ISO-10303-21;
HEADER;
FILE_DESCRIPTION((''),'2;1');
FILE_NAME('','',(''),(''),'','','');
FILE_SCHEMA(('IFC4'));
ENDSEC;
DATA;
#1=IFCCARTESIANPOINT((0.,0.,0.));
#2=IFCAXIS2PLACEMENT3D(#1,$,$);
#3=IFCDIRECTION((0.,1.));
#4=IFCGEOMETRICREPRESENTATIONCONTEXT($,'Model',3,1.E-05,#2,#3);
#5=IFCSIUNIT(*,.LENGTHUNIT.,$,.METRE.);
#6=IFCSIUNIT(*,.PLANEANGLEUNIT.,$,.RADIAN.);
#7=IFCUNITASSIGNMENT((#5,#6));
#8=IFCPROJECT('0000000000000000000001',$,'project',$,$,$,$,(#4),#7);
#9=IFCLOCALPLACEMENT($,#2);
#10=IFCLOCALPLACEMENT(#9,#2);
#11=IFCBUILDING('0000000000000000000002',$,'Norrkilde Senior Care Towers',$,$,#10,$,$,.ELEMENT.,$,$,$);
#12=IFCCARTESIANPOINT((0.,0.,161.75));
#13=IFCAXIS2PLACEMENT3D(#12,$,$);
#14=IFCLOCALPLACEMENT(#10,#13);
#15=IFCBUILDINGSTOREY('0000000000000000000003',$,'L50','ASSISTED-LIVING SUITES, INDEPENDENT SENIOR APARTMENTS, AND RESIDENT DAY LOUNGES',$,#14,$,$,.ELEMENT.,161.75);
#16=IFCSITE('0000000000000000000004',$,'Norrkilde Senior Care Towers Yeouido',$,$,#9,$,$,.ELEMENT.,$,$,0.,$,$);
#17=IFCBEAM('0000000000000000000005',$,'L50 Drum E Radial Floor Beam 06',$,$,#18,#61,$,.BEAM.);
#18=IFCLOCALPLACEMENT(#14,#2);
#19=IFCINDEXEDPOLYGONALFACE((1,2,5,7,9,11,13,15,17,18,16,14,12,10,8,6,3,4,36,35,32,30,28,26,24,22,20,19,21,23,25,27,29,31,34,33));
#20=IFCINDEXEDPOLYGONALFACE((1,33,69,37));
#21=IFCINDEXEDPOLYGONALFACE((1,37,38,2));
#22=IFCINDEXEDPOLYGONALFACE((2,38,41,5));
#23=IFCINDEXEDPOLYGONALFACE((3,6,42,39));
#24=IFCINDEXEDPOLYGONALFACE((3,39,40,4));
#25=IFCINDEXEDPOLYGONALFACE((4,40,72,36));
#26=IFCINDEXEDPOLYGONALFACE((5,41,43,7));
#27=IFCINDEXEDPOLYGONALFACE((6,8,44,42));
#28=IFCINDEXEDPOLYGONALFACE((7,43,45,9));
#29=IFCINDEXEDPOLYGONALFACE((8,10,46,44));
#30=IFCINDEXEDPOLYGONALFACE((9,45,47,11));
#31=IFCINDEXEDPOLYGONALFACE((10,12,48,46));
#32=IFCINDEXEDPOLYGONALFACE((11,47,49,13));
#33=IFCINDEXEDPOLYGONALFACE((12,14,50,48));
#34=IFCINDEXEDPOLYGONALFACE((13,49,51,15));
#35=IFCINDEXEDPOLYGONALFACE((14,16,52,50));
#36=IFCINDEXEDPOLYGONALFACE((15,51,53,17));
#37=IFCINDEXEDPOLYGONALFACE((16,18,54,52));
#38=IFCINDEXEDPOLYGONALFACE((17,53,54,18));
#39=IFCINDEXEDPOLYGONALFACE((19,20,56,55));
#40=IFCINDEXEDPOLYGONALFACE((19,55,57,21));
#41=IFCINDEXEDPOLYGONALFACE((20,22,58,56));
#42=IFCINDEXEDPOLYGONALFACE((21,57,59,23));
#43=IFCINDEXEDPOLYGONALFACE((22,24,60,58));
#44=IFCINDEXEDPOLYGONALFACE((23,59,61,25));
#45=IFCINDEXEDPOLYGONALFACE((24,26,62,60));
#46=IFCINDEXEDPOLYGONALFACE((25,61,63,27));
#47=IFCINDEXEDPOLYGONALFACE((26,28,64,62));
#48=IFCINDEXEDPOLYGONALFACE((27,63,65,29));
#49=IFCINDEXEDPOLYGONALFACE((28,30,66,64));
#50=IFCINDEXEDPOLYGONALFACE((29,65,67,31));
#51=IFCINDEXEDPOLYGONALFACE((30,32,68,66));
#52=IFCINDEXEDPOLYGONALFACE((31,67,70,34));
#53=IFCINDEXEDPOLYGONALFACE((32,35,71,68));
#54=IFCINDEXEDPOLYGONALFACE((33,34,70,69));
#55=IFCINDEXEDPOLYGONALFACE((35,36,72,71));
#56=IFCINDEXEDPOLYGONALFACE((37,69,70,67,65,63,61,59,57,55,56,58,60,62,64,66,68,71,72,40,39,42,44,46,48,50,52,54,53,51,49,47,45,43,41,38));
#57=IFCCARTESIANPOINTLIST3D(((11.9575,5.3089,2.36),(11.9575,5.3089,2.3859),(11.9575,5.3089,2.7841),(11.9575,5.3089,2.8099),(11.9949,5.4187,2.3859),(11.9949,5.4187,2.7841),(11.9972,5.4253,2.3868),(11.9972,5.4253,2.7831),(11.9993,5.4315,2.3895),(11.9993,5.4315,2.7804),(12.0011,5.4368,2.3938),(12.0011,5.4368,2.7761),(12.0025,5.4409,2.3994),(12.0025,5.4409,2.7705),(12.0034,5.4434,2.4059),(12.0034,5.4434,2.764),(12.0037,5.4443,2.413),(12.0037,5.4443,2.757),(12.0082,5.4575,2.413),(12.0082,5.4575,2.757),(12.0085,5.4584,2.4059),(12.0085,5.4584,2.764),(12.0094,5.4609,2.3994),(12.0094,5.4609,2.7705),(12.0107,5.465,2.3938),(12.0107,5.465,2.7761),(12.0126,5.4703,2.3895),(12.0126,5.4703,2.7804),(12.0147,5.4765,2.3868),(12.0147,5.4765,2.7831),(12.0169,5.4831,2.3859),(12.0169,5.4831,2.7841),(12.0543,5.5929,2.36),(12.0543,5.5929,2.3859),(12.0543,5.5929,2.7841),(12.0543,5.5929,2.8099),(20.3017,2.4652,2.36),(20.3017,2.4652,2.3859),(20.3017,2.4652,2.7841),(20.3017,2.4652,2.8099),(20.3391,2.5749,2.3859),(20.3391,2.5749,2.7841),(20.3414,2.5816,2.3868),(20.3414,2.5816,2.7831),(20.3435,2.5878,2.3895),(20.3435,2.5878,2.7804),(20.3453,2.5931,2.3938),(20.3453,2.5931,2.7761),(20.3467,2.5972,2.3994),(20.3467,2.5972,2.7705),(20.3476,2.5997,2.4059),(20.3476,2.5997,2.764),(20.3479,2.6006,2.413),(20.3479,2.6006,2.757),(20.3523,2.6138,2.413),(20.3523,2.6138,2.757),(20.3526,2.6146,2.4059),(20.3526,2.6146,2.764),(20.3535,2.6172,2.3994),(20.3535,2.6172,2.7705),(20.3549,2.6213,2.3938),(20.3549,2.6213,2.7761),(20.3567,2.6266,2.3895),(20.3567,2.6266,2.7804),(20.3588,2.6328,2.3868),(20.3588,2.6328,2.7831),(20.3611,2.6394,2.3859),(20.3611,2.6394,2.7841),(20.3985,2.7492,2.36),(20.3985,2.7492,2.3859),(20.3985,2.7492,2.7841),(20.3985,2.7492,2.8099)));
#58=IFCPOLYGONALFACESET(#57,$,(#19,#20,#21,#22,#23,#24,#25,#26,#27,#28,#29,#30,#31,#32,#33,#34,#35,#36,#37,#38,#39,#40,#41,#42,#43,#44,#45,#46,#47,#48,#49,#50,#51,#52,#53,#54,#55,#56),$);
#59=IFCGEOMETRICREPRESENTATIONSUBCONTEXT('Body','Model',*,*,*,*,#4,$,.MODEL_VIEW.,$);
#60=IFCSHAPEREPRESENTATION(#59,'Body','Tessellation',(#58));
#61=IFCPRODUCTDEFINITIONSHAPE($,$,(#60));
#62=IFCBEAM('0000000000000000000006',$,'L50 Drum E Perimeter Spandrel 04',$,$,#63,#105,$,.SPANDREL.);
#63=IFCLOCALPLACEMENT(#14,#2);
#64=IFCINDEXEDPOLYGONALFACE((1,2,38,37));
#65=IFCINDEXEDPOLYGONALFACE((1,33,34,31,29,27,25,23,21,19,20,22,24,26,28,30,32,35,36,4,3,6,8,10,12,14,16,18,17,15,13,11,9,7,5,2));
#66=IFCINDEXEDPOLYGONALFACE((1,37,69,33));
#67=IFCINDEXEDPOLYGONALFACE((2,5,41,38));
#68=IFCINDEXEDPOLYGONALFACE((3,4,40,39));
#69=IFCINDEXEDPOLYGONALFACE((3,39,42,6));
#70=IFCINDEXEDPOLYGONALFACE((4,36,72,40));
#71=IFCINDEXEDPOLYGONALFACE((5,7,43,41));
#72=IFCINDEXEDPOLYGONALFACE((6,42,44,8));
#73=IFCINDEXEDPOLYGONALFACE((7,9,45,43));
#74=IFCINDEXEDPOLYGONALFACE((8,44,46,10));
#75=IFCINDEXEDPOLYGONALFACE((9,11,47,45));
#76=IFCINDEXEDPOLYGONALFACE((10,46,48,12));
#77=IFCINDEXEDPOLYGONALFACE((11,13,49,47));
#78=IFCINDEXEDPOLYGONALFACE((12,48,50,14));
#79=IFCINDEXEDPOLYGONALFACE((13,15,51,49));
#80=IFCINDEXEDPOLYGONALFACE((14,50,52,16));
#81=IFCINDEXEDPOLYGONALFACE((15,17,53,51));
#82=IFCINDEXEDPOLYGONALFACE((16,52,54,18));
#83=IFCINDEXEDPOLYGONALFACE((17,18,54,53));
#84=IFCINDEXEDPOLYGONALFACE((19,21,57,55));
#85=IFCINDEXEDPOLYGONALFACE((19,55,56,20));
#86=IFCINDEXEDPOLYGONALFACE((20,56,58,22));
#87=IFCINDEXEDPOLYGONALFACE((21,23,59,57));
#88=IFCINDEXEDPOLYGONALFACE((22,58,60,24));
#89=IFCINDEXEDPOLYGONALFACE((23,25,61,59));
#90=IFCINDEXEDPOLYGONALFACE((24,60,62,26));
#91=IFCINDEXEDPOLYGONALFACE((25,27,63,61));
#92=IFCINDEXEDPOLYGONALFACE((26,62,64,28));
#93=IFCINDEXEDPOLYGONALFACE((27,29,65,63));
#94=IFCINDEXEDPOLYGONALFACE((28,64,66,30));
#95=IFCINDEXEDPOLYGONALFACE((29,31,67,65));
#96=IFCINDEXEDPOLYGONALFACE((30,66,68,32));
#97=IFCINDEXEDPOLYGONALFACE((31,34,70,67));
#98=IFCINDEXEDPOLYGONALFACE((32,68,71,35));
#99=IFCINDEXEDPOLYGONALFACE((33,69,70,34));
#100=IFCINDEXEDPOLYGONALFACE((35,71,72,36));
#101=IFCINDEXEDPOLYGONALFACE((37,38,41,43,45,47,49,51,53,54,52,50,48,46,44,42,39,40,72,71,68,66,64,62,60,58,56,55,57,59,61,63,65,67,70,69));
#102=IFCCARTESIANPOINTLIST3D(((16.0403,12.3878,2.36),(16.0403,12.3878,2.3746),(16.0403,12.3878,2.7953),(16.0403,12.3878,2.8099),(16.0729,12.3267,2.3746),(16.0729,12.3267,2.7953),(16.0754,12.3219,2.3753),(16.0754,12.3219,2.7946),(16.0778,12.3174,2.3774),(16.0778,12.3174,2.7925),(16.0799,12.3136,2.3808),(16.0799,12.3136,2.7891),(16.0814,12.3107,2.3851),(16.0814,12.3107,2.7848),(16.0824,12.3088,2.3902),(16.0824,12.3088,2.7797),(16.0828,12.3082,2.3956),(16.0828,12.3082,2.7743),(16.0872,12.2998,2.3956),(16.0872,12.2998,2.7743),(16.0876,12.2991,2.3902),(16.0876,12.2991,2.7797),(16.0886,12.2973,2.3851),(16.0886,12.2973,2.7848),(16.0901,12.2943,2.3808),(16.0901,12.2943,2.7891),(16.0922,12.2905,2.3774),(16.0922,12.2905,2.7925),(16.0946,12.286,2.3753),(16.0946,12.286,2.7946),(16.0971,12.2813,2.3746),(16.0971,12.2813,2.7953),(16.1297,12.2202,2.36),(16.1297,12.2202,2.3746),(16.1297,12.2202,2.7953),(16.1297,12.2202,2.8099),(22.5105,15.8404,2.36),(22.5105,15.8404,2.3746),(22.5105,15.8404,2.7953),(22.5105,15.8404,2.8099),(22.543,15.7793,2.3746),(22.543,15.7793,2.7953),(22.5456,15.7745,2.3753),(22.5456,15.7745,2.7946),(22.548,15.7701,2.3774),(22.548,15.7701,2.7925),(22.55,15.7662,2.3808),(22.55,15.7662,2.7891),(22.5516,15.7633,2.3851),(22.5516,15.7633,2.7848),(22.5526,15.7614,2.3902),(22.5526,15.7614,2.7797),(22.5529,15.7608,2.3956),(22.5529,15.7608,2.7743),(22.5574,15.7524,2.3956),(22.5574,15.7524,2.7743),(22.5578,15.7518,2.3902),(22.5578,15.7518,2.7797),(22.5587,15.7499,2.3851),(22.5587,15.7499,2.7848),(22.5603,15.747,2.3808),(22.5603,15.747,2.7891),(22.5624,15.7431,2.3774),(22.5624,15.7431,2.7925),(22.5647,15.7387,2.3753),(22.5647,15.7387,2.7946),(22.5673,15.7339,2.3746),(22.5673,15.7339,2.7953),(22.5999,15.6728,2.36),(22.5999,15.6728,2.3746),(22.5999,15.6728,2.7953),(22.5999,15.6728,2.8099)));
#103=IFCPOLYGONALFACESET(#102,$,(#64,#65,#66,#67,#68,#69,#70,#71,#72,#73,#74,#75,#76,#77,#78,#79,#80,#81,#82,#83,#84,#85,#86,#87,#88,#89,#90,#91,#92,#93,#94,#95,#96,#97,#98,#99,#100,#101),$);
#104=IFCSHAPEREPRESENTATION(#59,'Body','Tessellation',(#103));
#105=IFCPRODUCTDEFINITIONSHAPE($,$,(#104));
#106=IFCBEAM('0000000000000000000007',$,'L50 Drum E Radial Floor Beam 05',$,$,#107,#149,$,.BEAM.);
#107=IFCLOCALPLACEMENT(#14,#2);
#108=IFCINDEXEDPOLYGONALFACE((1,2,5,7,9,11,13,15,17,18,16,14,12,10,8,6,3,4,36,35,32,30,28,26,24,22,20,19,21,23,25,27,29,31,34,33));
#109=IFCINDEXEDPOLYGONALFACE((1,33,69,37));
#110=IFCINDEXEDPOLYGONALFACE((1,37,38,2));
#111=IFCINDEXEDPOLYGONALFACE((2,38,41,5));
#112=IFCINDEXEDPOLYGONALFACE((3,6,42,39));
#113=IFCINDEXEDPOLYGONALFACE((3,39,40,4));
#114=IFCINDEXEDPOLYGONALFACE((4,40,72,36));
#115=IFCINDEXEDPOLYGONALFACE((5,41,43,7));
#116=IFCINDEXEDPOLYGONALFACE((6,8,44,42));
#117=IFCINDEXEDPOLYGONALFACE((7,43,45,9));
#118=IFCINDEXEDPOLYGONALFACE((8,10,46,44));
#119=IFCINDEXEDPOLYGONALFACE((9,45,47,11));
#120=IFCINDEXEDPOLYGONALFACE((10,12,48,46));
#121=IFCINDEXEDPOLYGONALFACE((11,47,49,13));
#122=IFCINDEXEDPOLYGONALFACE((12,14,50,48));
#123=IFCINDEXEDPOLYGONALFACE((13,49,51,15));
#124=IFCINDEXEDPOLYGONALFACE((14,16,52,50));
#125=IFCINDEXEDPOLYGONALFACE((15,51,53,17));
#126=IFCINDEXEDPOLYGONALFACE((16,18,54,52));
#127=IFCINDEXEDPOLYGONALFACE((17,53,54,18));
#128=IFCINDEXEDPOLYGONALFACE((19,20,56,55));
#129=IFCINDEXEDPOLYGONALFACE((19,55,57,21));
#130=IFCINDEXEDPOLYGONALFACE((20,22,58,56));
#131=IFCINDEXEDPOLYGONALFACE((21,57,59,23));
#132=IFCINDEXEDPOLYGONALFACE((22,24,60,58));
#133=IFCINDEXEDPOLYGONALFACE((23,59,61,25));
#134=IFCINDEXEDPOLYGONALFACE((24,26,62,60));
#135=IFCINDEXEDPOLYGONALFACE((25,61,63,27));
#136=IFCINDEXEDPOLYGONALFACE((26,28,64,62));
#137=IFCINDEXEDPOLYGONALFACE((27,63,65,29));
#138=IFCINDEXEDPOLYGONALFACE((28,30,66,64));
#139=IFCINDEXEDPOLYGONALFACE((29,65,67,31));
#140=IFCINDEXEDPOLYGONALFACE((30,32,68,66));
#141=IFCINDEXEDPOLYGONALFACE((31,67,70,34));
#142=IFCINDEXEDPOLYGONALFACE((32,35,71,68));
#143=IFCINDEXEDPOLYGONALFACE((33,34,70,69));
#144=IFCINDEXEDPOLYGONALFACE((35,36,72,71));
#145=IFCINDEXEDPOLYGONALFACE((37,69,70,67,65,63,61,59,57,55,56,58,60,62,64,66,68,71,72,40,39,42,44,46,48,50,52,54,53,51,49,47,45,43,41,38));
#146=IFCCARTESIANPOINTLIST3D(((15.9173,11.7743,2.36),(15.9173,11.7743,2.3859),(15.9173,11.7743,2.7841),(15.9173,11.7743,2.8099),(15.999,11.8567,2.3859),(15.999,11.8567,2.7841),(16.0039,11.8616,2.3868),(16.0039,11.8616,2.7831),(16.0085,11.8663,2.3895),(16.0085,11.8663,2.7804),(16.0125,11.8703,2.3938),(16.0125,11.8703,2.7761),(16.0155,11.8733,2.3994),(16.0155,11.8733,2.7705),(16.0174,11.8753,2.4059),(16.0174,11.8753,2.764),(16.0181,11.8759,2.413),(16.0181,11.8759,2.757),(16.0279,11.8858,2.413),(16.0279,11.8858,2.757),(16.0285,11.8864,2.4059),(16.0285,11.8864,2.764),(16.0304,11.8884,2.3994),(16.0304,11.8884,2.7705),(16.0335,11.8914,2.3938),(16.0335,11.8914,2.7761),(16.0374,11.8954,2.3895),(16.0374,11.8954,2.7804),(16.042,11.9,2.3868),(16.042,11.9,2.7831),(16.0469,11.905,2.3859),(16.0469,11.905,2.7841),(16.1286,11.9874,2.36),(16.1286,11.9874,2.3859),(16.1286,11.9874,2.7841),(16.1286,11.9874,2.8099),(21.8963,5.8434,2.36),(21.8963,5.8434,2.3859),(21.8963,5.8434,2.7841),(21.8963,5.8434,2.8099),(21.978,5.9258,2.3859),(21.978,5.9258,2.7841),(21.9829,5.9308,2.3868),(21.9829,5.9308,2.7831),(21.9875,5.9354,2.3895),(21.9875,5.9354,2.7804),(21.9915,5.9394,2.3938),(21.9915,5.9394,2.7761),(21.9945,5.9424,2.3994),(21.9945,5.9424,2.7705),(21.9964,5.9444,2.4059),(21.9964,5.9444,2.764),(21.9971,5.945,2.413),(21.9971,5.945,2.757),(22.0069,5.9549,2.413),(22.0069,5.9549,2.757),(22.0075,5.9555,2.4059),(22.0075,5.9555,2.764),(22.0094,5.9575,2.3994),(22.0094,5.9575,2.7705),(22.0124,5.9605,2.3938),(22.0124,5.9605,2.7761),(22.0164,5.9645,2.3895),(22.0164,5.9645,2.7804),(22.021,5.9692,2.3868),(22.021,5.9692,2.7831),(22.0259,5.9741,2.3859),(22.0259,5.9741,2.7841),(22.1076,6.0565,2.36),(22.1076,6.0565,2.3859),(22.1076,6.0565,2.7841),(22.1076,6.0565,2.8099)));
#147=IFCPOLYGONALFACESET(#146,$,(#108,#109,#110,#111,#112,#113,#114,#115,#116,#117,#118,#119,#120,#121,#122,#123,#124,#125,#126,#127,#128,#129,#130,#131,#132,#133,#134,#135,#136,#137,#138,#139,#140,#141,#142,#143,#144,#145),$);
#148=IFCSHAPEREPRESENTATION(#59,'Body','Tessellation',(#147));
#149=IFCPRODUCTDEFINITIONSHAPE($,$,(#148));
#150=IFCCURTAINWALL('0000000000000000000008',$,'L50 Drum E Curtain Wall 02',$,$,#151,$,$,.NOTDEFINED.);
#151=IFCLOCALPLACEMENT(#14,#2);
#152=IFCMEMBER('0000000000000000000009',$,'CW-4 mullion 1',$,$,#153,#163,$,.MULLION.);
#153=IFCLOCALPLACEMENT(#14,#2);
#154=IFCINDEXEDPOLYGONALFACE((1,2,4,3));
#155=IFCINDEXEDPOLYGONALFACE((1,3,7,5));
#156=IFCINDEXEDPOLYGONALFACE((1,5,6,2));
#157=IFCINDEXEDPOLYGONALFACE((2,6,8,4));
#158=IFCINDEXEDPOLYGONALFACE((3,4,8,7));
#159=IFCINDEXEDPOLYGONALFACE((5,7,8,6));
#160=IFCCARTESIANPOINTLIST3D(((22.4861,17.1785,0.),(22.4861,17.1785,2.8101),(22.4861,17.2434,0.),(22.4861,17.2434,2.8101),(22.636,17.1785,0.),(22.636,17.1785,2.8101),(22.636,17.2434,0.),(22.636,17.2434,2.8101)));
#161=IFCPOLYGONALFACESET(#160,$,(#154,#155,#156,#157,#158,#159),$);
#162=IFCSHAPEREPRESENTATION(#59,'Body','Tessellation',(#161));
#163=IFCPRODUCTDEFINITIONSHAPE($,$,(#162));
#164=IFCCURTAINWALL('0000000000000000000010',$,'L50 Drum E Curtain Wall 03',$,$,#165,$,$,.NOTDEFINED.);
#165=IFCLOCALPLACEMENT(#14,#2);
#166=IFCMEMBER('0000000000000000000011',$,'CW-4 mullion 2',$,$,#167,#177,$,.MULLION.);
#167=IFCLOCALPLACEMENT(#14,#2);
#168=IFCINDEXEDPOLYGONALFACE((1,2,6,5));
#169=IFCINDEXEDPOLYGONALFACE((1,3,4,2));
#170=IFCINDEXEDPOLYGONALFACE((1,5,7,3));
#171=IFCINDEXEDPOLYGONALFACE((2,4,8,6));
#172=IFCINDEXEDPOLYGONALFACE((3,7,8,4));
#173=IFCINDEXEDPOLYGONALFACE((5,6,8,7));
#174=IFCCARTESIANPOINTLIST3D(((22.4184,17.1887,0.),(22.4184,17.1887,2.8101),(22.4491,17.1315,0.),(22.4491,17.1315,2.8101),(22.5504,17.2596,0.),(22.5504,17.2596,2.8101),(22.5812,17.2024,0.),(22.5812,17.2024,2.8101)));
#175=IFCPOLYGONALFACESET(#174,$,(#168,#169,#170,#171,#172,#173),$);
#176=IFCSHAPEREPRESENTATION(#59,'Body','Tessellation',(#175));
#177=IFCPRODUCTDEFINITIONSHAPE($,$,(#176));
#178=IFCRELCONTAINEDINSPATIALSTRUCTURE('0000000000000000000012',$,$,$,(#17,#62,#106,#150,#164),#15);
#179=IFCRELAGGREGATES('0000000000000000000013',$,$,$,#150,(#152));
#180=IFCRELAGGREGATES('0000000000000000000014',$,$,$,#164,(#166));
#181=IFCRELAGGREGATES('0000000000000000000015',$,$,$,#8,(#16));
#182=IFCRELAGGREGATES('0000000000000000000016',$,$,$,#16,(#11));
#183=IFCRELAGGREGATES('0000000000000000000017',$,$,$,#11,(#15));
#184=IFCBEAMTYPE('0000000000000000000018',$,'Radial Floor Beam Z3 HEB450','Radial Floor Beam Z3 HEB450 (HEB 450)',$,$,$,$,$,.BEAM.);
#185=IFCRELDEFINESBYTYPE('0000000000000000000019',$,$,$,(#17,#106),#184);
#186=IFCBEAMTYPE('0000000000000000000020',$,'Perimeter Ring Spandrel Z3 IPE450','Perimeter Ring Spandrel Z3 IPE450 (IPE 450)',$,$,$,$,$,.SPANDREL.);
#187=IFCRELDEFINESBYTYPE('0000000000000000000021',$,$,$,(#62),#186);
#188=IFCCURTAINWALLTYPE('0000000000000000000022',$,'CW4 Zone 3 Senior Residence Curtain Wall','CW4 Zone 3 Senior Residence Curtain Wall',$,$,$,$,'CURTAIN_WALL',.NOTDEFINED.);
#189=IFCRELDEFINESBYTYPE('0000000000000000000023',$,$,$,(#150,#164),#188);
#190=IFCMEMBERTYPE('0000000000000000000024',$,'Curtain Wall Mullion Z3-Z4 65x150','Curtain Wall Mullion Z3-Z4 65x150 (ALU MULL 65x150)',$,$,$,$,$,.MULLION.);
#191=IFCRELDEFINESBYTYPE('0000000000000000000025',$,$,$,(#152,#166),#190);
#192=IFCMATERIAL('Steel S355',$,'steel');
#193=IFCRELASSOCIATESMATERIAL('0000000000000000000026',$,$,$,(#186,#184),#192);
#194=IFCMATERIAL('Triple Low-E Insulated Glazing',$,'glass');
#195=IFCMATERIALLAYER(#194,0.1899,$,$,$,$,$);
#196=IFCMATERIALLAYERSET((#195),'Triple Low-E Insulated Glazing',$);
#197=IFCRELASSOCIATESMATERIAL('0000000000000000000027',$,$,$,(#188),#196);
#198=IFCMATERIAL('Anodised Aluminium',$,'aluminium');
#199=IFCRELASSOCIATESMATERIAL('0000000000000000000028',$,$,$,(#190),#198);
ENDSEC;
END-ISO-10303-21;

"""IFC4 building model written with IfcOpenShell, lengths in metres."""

from ifc_helpers import new_model, si_unit, direction, frame, origin, origin_2d, place, context, subcontext, project, spatial, rectangle, i_section, extrude, source, transform, mapped, material, layer, layer_set, material_profile, profile_set, type_object, type_shapes, element, aggregate, save


model = new_model("IFC4")

# Units and contexts
model_context = context("Model", 3, precision=1e-05, world=origin(), true_north=direction((0.0, 1.0)))
body_context = subcontext(model_context, "Body", "Model", "MODEL_VIEW")
ifc_project = project(units=[si_unit("LENGTHUNIT", "METRE"), si_unit("PLANEANGLEUNIT", "RADIAN")], contexts=[model_context])

# Site, building, storey
site_placement = place(None, origin())
site = spatial("IfcSite", under=ifc_project, at=site_placement, Name="Norrkilde Senior Care Towers Yeouido", CompositionType="ELEMENT", RefElevation=0.0)
building_placement = place(site_placement, origin())
building = spatial("IfcBuilding", under=site, at=building_placement, Name="Norrkilde Senior Care Towers", CompositionType="ELEMENT")
storey_placement = place(building_placement, frame((0.0, 0.0, 161.75)))
storey = spatial("IfcBuildingStorey", under=building, at=storey_placement, Name="L50", Description="ASSISTED-LIVING SUITES, INDEPENDENT SENIOR APARTMENTS, AND RESIDENT DAY LOUNGES", CompositionType="ELEMENT", Elevation=161.75)

# Beams
ifc_material_1 = material(Name="Steel S355", Category="steel")
ifc_material_profile_1 = material_profile(ifc_material_1, i_section(OverallWidth=0.1899, OverallDepth=0.45, WebThickness=0.0095, FlangeThickness=0.0146, FilletRadius=0.021, at=origin_2d()), Name="IPE 450")
ifc_profile_set_1 = profile_set([ifc_material_profile_1], Name="Steel S355")
beam_type_1 = type_object("IfcBeamType", Name="Perimeter Ring Spandrel Z3 IPE450", Description="Perimeter Ring Spandrel Z3 IPE450 (IPE 450)", PredefinedType="SPANDREL", material=ifc_profile_set_1)
ifc_material_profile_2 = material_profile(ifc_material_1, i_section(OverallWidth=0.3, OverallDepth=0.45, WebThickness=0.0139, FlangeThickness=0.0259, FilletRadius=0.0271, at=origin_2d()), Name="HEB 450")
ifc_profile_set_2 = profile_set([ifc_material_profile_2], Name="Steel S355")
beam_type_2 = type_object("IfcBeamType", Name="Radial Floor Beam Z3 HEB450", Description="Radial Floor Beam Z3 HEB450 (HEB 450)", PredefinedType="BEAM", material=ifc_profile_set_2)
shared_shape_1 = source(origin(), body_context, "Body", "SweptSolid", [
    extrude(i_section(OverallWidth=0.3, OverallDepth=0.45, WebThickness=0.0139, FlangeThickness=0.0259, FilletRadius=0.0271, at=origin_2d()), origin(), (0.0, 0.0, 1.0), 8.8154),
])
beam_1_placement = place(storey_placement, frame((20.3501, 2.6072, 2.585), z_axis=(-0.946541, 0.322585, 0.0), x_axis=(-0.322585, -0.946541, 0.0)))
element("IfcBeam", 1, at=beam_1_placement, inside=storey, type_object=beam_type_2, Name="L50 Drum E Radial Floor Beam 06", PredefinedType="BEAM", context=body_context, shape_type="MappedRepresentation", body=[
    mapped(shared_shape_1, transform((0.0, 0.0, 0.0), x_axis=(1.0, 0.0, 0.0), y_axis=(0.0, 1.0, 0.0), z_axis=(0.0, 0.0, 1.0), scale=1.0)),
])
shared_shape_2 = source(origin(), body_context, "Body", "SweptSolid", [
    extrude(i_section(OverallWidth=0.1899, OverallDepth=0.45, WebThickness=0.0095, FlangeThickness=0.0146, FilletRadius=0.021, at=origin_2d()), origin(), (0.0, 0.0, 1.0), 7.3337),
])
beam_2_placement = place(storey_placement, frame((22.5552, 15.7566, 2.585), z_axis=(-0.882248, -0.470785, 0.0), x_axis=(0.470785, -0.882248, 0.0)))
element("IfcBeam", 2, at=beam_2_placement, inside=storey, type_object=beam_type_1, Name="L50 Drum E Perimeter Spandrel 04", PredefinedType="SPANDREL", context=body_context, shape_type="MappedRepresentation", body=[
    mapped(shared_shape_2, transform((0.0, 0.0, 0.0), x_axis=(1.0, 0.0, 0.0), y_axis=(0.0, 1.0, 0.0), z_axis=(0.0, 0.0, 1.0), scale=1.0)),
])
shared_shape_3 = source(origin(), body_context, "Body", "SweptSolid", [
    extrude(i_section(OverallWidth=0.3, OverallDepth=0.45, WebThickness=0.0139, FlangeThickness=0.0259, FilletRadius=0.0271, at=origin_2d()), origin(), (0.0, 0.0, 1.0), 8.4216),
])
type_shapes(beam_type_2, [shared_shape_1, shared_shape_3])
beam_3_placement = place(storey_placement, frame((22.002, 5.95, 2.585), z_axis=(-0.709956, 0.704246, 0.0), x_axis=(-0.704246, -0.709956, 0.0)))
element("IfcBeam", 3, at=beam_3_placement, inside=storey, type_object=beam_type_2, Name="L50 Drum E Radial Floor Beam 05", PredefinedType="BEAM", context=body_context, shape_type="MappedRepresentation", body=[
    mapped(shared_shape_3, transform((0.0, 0.0, 0.0), x_axis=(1.0, 0.0, 0.0), y_axis=(0.0, 1.0, 0.0), z_axis=(0.0, 0.0, 1.0), scale=1.0)),
])

# Curtain wall, member
ifc_material_2 = material(Name="Triple Low-E Insulated Glazing", Category="glass")
ifc_layer_1 = layer(ifc_material_2, 0.1899)
ifc_layer_set_1 = layer_set([ifc_layer_1], Name="Triple Low-E Insulated Glazing")
curtain_wall_type = type_object("IfcCurtainWallType", Name="CW4 Zone 3 Senior Residence Curtain Wall", Description="CW4 Zone 3 Senior Residence Curtain Wall", ElementType="CURTAIN_WALL", PredefinedType="NOTDEFINED", material=ifc_layer_set_1)
curtain_wall_1_placement = place(storey_placement, origin())
curtain_wall_1 = element("IfcCurtainWall", 4, at=curtain_wall_1_placement, inside=storey, type_object=curtain_wall_type, Name="L50 Drum E Curtain Wall 02", PredefinedType="NOTDEFINED")
ifc_material_3 = material(Name="Anodised Aluminium", Category="aluminium")
ifc_material_profile_3 = material_profile(ifc_material_3, rectangle(XDim=0.0649, YDim=0.1499, at=origin_2d()), Name="ALU MULL 65x150")
ifc_profile_set_3 = profile_set([ifc_material_profile_3], Name="Anodised Aluminium")
member_type_1 = type_object("IfcMemberType", Name="Curtain Wall Mullion Z3-Z4 65x150", Description="Curtain Wall Mullion Z3-Z4 65x150 (ALU MULL 65x150)", PredefinedType="MULLION", material=ifc_profile_set_3)
shared_shape_4 = source(origin(), body_context, "Body", "SweptSolid", [
    extrude(rectangle(XDim=0.0649, YDim=0.1499, at=origin_2d()), origin(), (0.0, 0.0, 1.0), 2.8101),
])
type_shapes(member_type_1, [shared_shape_4])
member_1_placement = place(storey_placement, frame((22.561, 17.2109, 0.0), z_axis=(0.0, 0.0, 1.0), x_axis=(0.0, 1.0, 0.0)))
member_1 = element("IfcMember", 5, at=member_1_placement, type_object=member_type_1, Name="CW-4 mullion 1", PredefinedType="MULLION", context=body_context, shape_type="MappedRepresentation", body=[
    mapped(shared_shape_4, transform((0.0, 0.0, 0.0), x_axis=(1.0, 0.0, 0.0), y_axis=(0.0, 1.0, 0.0), z_axis=(0.0, 0.0, 1.0), scale=1.0)),
])

# Curtain wall, member
curtain_wall_2_placement = place(storey_placement, origin())
curtain_wall_2 = element("IfcCurtainWall", 6, at=curtain_wall_2_placement, inside=storey, type_object=curtain_wall_type, Name="L50 Drum E Curtain Wall 03", PredefinedType="NOTDEFINED")
member_2_placement = place(storey_placement, frame((22.4998, 17.1956, 0.0), z_axis=(0.0, 0.0, 1.0), x_axis=(-0.473117, 0.881, 0.0)))
member_2 = element("IfcMember", 7, at=member_2_placement, type_object=member_type_1, Name="CW-4 mullion 2", PredefinedType="MULLION", context=body_context, shape_type="MappedRepresentation", body=[
    mapped(shared_shape_4, transform((0.0, 0.0, 0.0), x_axis=(1.0, 0.0, 0.0), y_axis=(0.0, 1.0, 0.0), z_axis=(0.0, 0.0, 1.0), scale=1.0)),
])

aggregate(curtain_wall_1, [member_1])

aggregate(curtain_wall_2, [member_2])

save(model, "model.ifc")
